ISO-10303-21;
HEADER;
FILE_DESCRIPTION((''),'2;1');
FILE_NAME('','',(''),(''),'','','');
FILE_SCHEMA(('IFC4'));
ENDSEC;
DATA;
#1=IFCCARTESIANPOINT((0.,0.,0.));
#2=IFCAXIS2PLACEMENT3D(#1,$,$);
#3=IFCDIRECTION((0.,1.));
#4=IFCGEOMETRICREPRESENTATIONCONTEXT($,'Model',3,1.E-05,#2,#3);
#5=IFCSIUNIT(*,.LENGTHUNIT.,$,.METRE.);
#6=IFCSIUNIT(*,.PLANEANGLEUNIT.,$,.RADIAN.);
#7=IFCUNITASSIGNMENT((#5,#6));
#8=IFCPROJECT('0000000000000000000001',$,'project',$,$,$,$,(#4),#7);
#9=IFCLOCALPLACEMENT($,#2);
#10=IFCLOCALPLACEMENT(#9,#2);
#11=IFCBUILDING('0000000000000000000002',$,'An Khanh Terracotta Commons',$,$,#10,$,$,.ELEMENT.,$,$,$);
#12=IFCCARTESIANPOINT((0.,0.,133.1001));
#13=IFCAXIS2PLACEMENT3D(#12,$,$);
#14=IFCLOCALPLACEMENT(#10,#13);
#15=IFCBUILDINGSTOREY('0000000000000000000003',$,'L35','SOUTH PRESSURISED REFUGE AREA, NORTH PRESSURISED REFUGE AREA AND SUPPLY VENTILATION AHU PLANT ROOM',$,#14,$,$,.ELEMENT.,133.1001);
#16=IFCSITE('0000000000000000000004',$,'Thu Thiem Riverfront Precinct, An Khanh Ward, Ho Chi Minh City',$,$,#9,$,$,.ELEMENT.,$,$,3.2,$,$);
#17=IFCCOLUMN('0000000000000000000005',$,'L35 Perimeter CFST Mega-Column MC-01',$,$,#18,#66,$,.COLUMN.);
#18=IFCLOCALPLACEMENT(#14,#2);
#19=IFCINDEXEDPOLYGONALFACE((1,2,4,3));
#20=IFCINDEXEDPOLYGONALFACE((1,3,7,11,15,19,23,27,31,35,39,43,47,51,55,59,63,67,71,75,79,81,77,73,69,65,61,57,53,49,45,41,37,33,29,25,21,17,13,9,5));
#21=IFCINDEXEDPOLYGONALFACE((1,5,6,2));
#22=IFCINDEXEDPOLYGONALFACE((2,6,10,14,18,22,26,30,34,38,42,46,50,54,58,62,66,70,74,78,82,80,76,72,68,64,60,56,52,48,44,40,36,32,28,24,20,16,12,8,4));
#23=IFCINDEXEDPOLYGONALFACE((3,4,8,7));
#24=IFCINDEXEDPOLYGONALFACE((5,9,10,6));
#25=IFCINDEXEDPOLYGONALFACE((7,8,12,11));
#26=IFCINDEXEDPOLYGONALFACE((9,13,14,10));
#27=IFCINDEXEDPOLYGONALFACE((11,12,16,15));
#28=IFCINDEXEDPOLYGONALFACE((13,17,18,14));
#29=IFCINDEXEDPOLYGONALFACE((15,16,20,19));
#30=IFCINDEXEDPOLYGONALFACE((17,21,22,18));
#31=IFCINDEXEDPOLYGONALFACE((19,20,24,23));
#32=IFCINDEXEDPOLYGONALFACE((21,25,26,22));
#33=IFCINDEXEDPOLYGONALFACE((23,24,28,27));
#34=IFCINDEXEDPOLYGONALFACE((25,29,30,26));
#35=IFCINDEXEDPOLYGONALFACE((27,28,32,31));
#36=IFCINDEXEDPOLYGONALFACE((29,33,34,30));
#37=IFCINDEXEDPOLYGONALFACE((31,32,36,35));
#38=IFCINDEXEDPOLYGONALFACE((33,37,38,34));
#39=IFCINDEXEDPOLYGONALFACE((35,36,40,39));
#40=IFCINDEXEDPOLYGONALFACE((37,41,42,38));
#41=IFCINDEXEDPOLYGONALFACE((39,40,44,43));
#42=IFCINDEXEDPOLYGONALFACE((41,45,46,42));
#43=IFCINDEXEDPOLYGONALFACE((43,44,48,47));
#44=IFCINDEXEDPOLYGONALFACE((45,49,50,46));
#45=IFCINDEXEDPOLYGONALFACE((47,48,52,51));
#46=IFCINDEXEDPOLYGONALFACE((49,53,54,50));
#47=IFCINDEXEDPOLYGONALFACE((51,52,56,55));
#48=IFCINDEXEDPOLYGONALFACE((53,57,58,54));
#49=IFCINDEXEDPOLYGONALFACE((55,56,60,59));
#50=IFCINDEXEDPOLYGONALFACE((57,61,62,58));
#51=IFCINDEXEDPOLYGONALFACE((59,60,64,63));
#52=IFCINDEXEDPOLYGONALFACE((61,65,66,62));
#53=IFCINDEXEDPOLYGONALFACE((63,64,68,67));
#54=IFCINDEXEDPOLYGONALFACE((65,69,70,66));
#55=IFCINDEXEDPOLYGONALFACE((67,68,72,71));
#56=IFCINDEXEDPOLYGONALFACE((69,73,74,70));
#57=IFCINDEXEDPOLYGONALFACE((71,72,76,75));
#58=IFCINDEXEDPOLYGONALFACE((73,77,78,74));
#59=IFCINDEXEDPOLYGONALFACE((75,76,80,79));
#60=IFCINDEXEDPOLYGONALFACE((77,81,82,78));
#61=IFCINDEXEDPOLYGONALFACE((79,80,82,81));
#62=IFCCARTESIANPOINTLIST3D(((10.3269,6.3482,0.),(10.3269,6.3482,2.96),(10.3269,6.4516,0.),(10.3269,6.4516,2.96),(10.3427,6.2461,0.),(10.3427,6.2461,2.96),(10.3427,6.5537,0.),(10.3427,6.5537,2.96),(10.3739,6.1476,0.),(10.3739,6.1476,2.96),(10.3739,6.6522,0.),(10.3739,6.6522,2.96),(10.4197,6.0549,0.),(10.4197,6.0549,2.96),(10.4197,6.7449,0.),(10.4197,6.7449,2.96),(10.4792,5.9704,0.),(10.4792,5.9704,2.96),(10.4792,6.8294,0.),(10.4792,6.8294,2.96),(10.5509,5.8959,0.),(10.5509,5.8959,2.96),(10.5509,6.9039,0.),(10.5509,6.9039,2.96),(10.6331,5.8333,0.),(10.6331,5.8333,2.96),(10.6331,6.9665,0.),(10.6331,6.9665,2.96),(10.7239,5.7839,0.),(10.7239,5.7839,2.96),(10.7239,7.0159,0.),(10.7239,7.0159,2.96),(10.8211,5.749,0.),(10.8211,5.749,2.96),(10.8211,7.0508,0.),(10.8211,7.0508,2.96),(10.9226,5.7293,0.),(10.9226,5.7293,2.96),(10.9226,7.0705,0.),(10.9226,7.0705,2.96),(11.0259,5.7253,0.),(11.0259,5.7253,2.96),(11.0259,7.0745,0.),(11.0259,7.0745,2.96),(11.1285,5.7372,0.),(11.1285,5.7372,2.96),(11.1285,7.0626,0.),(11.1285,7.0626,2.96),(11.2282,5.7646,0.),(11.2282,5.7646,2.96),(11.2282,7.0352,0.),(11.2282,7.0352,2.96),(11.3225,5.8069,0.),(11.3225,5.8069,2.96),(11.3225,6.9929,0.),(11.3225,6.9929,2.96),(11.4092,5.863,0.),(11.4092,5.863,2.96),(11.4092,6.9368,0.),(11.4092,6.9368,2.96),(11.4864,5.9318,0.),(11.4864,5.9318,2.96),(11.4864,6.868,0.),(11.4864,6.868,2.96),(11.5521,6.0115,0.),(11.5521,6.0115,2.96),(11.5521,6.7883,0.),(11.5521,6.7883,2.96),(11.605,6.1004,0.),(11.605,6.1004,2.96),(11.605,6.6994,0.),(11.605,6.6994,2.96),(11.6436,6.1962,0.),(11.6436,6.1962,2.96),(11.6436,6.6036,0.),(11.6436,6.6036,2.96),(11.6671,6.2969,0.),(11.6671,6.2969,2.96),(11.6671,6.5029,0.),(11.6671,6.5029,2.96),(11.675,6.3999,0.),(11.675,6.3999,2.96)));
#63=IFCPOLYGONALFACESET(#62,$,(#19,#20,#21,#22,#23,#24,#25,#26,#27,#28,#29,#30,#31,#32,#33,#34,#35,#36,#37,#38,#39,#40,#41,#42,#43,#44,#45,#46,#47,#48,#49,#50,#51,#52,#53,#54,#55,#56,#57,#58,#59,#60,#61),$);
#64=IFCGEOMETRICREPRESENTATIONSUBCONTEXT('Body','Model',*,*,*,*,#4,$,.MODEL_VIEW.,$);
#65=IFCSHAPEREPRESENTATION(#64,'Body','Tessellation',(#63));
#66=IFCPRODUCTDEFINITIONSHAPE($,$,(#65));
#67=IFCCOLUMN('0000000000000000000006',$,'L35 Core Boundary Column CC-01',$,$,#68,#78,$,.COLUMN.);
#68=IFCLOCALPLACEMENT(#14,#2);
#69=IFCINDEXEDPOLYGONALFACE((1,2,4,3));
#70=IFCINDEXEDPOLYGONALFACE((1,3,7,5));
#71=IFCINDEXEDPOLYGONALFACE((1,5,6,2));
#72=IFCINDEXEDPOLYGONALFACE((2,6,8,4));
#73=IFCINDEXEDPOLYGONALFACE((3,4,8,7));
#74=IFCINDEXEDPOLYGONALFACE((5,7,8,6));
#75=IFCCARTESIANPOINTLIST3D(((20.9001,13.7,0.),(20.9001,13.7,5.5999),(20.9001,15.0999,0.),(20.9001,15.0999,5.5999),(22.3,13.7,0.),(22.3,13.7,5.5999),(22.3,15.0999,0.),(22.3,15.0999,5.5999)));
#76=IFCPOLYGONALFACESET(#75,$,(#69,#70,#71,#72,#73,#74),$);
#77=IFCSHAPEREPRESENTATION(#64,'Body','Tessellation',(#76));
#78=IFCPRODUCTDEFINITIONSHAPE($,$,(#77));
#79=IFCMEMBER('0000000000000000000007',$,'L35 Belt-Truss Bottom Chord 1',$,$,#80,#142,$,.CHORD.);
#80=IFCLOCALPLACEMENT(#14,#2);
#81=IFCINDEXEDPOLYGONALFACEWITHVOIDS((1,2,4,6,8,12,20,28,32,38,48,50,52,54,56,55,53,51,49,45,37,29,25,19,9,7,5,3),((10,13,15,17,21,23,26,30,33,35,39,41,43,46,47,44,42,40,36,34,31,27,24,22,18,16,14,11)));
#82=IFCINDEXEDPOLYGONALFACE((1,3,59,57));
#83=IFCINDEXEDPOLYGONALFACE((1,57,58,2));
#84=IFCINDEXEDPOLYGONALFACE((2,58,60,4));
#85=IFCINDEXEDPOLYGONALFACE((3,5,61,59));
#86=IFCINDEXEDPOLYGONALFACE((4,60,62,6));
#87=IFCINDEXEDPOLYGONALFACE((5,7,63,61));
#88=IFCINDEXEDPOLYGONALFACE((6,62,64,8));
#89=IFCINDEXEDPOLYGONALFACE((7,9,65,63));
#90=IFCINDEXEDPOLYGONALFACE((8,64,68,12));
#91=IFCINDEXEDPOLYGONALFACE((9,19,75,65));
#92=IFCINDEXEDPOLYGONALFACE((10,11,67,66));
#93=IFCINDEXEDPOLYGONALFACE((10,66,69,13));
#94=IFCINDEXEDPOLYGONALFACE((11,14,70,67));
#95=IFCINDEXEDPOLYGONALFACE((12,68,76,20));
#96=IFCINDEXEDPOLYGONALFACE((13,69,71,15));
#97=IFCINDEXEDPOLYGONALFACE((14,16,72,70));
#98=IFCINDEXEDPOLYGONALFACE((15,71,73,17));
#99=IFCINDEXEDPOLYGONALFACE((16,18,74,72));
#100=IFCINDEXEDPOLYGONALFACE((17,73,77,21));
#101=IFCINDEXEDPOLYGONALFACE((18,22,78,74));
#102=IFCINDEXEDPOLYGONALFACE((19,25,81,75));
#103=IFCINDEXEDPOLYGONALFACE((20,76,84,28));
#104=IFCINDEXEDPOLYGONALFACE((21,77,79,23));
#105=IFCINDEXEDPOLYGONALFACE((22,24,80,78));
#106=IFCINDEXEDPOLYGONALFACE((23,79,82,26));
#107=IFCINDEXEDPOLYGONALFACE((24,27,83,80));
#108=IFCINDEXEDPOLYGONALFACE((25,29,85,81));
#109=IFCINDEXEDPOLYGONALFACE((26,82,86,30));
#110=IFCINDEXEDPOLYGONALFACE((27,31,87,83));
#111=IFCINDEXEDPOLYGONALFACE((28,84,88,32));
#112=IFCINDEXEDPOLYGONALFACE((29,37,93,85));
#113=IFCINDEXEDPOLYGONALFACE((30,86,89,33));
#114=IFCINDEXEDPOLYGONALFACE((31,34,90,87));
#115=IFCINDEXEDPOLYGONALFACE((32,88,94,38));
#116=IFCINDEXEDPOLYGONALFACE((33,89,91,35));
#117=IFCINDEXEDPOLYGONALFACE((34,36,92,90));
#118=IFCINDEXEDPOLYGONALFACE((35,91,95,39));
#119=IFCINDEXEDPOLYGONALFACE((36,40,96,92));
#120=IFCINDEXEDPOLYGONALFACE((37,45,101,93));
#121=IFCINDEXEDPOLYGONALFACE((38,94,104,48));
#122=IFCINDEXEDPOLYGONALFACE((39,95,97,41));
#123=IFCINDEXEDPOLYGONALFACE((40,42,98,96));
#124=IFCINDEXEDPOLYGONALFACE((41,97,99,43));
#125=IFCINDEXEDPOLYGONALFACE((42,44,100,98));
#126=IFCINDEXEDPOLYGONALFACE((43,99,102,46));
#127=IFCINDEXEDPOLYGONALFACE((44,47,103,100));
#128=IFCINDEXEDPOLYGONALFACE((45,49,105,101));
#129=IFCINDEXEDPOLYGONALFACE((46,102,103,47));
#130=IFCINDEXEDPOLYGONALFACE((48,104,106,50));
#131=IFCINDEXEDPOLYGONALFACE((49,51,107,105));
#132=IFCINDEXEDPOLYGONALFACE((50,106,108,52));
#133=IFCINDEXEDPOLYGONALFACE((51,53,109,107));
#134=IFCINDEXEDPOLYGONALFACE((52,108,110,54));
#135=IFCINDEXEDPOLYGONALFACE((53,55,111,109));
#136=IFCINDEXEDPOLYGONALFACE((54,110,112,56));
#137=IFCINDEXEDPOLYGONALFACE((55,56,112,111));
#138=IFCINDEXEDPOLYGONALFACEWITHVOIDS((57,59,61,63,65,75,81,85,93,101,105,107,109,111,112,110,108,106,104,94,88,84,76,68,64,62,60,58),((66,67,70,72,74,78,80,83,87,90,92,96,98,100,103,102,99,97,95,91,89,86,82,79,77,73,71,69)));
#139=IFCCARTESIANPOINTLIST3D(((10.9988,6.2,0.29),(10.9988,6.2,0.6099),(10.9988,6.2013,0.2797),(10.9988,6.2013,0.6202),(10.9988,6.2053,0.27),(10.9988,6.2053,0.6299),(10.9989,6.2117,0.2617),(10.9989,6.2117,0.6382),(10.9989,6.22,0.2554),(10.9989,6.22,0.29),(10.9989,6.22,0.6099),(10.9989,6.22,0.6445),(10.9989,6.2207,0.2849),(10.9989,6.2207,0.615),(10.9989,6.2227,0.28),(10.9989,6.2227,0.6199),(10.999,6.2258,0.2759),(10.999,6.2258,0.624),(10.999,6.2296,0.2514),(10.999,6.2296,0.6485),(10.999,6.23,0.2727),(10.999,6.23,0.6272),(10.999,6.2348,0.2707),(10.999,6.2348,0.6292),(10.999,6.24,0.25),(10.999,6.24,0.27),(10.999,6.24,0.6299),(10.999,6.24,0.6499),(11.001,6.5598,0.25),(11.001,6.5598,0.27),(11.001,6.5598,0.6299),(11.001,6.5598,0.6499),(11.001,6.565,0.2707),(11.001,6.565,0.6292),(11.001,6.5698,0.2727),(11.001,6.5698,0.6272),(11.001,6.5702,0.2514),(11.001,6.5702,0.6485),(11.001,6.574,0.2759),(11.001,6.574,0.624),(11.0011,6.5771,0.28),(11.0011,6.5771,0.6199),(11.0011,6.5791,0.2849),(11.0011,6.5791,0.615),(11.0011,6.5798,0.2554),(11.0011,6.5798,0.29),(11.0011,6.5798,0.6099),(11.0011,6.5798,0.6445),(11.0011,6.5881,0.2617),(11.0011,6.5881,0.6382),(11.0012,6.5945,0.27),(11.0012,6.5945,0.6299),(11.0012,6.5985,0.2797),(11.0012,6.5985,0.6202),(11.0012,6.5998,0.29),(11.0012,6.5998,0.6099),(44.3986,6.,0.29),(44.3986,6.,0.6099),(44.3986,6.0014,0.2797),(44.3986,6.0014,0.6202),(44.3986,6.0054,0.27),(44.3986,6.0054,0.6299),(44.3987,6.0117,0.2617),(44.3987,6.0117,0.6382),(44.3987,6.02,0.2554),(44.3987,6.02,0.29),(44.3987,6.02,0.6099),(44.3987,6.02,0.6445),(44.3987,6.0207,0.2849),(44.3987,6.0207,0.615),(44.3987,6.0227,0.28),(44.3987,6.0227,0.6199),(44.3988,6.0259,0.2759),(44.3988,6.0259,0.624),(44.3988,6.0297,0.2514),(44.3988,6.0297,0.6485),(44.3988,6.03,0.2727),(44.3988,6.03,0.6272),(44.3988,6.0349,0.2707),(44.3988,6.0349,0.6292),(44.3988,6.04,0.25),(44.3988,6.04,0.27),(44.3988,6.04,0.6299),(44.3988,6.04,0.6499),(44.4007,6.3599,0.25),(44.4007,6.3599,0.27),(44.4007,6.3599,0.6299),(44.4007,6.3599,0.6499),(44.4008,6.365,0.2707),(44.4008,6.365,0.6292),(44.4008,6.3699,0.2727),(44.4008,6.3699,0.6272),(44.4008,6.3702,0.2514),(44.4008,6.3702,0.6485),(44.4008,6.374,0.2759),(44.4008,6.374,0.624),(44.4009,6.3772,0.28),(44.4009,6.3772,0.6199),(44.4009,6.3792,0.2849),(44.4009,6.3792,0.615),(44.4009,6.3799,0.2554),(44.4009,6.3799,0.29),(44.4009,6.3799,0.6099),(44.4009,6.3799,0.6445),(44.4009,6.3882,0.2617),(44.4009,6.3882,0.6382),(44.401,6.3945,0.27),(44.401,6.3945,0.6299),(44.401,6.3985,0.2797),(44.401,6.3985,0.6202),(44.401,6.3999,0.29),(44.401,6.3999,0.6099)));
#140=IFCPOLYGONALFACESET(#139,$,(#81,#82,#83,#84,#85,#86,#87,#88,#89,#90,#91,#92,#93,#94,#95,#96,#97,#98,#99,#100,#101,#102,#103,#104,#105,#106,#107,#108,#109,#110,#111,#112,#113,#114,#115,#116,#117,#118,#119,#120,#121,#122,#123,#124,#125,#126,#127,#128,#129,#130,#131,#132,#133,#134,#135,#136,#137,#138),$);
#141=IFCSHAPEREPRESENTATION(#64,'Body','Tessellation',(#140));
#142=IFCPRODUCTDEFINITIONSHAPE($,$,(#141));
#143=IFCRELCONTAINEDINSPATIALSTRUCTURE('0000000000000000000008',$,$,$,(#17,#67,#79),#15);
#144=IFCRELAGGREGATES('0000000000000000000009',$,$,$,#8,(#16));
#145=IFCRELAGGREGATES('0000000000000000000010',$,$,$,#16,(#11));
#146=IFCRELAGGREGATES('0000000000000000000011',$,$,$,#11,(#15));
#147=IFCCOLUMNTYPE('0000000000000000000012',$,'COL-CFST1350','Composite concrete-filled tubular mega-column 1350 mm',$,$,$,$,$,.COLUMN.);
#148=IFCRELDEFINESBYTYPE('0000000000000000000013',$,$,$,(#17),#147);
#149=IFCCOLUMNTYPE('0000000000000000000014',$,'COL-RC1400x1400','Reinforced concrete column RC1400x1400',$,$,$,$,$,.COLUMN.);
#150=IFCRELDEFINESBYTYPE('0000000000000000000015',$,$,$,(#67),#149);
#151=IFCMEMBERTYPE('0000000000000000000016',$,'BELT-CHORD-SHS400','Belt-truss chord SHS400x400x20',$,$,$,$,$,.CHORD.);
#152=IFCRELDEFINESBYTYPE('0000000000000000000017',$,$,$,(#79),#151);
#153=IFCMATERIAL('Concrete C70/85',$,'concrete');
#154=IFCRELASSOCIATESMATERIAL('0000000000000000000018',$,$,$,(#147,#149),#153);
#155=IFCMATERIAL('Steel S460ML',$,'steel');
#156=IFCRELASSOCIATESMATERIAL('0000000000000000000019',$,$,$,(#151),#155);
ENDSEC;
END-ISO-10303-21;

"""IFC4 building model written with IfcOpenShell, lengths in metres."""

from ifc_helpers import new_model, si_unit, direction, frame, origin, origin_2d, place, context, subcontext, project, spatial, rectangle, hollow_rectangle, circle, extrude, material, material_profile, profile_set, type_object, element, save


model = new_model("IFC4")

# Units and contexts
model_context = context("Model", 3, precision=1e-05, world=origin(), true_north=direction((0.0, 1.0)))
body_context = subcontext(model_context, "Body", "Model", "MODEL_VIEW")
ifc_project = project(units=[si_unit("LENGTHUNIT", "METRE"), si_unit("PLANEANGLEUNIT", "RADIAN")], contexts=[model_context])

# Site, building, storey
site_placement = place(None, origin())
site = spatial("IfcSite", under=ifc_project, at=site_placement, Name="Thu Thiem Riverfront Precinct, An Khanh Ward, Ho Chi Minh City", CompositionType="ELEMENT", RefElevation=3.2)
building_placement = place(site_placement, origin())
building = spatial("IfcBuilding", under=site, at=building_placement, Name="An Khanh Terracotta Commons", CompositionType="ELEMENT")
storey_placement = place(building_placement, frame((0.0, 0.0, 133.1001)))
storey = spatial("IfcBuildingStorey", under=building, at=storey_placement, Name="L35", Description="SOUTH PRESSURISED REFUGE AREA, NORTH PRESSURISED REFUGE AREA AND SUPPLY VENTILATION AHU PLANT ROOM", CompositionType="ELEMENT", Elevation=133.1001)

# Columns
ifc_material_1 = material(Name="Concrete C70/85", Category="concrete")
ifc_material_profile_1 = material_profile(ifc_material_1, circle(Radius=0.675, at=origin_2d()), Name="CFST1350")
ifc_profile_set_1 = profile_set([ifc_material_profile_1], Name="Concrete C70/85")
column_type_1 = type_object("IfcColumnType", Name="COL-CFST1350", Description="Composite concrete-filled tubular mega-column 1350 mm", PredefinedType="COLUMN", material=ifc_profile_set_1)
column_1_placement = place(storey_placement, frame((11.0, 6.3999, 0.0), z_axis=(0.0, 0.0, 1.0), x_axis=(1.0, 0.0, 0.0)))
element("IfcColumn", 1, at=column_1_placement, inside=storey, type_object=column_type_1, Name="L35 Perimeter CFST Mega-Column MC-01", PredefinedType="COLUMN", context=body_context, shape_type="SweptSolid", body=[
    extrude(circle(Radius=0.675, at=origin_2d()), origin(), (0.0, 0.0, 1.0), 2.96),
])
ifc_material_profile_2 = material_profile(ifc_material_1, rectangle(XDim=1.3999, YDim=1.3999, at=origin_2d()), Name="RC1400x1400")
ifc_profile_set_2 = profile_set([ifc_material_profile_2], Name="Concrete C70/85")
column_type_2 = type_object("IfcColumnType", Name="COL-RC1400x1400", Description="Reinforced concrete column RC1400x1400", PredefinedType="COLUMN", material=ifc_profile_set_2)
column_2_placement = place(storey_placement, frame((21.6001, 14.3999, 0.0), z_axis=(0.0, 0.0, 1.0), x_axis=(1.0, 0.0, 0.0)))
element("IfcColumn", 2, at=column_2_placement, inside=storey, type_object=column_type_2, Name="L35 Core Boundary Column CC-01", PredefinedType="COLUMN", context=body_context, shape_type="SweptSolid", body=[
    extrude(rectangle(XDim=1.3999, YDim=1.3999, at=origin_2d()), origin(), (0.0, 0.0, 1.0), 5.5999),
])

# Member
ifc_material_2 = material(Name="Steel S460ML", Category="steel")
ifc_material_profile_3 = material_profile(ifc_material_2, hollow_rectangle(XDim=0.3999, YDim=0.3999, WallThickness=0.02, InnerFilletRadius=0.02, OuterFilletRadius=0.04, at=origin_2d()), Name="SHS400x400x20")
ifc_profile_set_3 = profile_set([ifc_material_profile_3], Name="Steel S460ML")
member_type_1 = type_object("IfcMemberType", Name="BELT-CHORD-SHS400", Description="Belt-truss chord SHS400x400x20", PredefinedType="CHORD", material=ifc_profile_set_3)
for number, where, z_axis, x_axis, name in (
    (3, (11.0, 6.3999, 0.45), (0.999982, -0.005986, 0.0), (0.005986, 0.999982, 0.0), "L35 Belt-Truss Bottom Chord 1"),
):
    element("IfcMember", number, at=place(storey_placement, frame(where, z_axis=z_axis, x_axis=x_axis)), inside=storey, type_object=member_type_1, Name=name, PredefinedType="CHORD", context=body_context, shape_type="SweptSolid", body=[
        extrude(hollow_rectangle(XDim=0.3999, YDim=0.3999, WallThickness=0.02, InnerFilletRadius=0.02, OuterFilletRadius=0.04, at=origin_2d()), origin(), (0.0, 0.0, 1.0), 33.4004),
    ])

save(model, "model.ifc")
